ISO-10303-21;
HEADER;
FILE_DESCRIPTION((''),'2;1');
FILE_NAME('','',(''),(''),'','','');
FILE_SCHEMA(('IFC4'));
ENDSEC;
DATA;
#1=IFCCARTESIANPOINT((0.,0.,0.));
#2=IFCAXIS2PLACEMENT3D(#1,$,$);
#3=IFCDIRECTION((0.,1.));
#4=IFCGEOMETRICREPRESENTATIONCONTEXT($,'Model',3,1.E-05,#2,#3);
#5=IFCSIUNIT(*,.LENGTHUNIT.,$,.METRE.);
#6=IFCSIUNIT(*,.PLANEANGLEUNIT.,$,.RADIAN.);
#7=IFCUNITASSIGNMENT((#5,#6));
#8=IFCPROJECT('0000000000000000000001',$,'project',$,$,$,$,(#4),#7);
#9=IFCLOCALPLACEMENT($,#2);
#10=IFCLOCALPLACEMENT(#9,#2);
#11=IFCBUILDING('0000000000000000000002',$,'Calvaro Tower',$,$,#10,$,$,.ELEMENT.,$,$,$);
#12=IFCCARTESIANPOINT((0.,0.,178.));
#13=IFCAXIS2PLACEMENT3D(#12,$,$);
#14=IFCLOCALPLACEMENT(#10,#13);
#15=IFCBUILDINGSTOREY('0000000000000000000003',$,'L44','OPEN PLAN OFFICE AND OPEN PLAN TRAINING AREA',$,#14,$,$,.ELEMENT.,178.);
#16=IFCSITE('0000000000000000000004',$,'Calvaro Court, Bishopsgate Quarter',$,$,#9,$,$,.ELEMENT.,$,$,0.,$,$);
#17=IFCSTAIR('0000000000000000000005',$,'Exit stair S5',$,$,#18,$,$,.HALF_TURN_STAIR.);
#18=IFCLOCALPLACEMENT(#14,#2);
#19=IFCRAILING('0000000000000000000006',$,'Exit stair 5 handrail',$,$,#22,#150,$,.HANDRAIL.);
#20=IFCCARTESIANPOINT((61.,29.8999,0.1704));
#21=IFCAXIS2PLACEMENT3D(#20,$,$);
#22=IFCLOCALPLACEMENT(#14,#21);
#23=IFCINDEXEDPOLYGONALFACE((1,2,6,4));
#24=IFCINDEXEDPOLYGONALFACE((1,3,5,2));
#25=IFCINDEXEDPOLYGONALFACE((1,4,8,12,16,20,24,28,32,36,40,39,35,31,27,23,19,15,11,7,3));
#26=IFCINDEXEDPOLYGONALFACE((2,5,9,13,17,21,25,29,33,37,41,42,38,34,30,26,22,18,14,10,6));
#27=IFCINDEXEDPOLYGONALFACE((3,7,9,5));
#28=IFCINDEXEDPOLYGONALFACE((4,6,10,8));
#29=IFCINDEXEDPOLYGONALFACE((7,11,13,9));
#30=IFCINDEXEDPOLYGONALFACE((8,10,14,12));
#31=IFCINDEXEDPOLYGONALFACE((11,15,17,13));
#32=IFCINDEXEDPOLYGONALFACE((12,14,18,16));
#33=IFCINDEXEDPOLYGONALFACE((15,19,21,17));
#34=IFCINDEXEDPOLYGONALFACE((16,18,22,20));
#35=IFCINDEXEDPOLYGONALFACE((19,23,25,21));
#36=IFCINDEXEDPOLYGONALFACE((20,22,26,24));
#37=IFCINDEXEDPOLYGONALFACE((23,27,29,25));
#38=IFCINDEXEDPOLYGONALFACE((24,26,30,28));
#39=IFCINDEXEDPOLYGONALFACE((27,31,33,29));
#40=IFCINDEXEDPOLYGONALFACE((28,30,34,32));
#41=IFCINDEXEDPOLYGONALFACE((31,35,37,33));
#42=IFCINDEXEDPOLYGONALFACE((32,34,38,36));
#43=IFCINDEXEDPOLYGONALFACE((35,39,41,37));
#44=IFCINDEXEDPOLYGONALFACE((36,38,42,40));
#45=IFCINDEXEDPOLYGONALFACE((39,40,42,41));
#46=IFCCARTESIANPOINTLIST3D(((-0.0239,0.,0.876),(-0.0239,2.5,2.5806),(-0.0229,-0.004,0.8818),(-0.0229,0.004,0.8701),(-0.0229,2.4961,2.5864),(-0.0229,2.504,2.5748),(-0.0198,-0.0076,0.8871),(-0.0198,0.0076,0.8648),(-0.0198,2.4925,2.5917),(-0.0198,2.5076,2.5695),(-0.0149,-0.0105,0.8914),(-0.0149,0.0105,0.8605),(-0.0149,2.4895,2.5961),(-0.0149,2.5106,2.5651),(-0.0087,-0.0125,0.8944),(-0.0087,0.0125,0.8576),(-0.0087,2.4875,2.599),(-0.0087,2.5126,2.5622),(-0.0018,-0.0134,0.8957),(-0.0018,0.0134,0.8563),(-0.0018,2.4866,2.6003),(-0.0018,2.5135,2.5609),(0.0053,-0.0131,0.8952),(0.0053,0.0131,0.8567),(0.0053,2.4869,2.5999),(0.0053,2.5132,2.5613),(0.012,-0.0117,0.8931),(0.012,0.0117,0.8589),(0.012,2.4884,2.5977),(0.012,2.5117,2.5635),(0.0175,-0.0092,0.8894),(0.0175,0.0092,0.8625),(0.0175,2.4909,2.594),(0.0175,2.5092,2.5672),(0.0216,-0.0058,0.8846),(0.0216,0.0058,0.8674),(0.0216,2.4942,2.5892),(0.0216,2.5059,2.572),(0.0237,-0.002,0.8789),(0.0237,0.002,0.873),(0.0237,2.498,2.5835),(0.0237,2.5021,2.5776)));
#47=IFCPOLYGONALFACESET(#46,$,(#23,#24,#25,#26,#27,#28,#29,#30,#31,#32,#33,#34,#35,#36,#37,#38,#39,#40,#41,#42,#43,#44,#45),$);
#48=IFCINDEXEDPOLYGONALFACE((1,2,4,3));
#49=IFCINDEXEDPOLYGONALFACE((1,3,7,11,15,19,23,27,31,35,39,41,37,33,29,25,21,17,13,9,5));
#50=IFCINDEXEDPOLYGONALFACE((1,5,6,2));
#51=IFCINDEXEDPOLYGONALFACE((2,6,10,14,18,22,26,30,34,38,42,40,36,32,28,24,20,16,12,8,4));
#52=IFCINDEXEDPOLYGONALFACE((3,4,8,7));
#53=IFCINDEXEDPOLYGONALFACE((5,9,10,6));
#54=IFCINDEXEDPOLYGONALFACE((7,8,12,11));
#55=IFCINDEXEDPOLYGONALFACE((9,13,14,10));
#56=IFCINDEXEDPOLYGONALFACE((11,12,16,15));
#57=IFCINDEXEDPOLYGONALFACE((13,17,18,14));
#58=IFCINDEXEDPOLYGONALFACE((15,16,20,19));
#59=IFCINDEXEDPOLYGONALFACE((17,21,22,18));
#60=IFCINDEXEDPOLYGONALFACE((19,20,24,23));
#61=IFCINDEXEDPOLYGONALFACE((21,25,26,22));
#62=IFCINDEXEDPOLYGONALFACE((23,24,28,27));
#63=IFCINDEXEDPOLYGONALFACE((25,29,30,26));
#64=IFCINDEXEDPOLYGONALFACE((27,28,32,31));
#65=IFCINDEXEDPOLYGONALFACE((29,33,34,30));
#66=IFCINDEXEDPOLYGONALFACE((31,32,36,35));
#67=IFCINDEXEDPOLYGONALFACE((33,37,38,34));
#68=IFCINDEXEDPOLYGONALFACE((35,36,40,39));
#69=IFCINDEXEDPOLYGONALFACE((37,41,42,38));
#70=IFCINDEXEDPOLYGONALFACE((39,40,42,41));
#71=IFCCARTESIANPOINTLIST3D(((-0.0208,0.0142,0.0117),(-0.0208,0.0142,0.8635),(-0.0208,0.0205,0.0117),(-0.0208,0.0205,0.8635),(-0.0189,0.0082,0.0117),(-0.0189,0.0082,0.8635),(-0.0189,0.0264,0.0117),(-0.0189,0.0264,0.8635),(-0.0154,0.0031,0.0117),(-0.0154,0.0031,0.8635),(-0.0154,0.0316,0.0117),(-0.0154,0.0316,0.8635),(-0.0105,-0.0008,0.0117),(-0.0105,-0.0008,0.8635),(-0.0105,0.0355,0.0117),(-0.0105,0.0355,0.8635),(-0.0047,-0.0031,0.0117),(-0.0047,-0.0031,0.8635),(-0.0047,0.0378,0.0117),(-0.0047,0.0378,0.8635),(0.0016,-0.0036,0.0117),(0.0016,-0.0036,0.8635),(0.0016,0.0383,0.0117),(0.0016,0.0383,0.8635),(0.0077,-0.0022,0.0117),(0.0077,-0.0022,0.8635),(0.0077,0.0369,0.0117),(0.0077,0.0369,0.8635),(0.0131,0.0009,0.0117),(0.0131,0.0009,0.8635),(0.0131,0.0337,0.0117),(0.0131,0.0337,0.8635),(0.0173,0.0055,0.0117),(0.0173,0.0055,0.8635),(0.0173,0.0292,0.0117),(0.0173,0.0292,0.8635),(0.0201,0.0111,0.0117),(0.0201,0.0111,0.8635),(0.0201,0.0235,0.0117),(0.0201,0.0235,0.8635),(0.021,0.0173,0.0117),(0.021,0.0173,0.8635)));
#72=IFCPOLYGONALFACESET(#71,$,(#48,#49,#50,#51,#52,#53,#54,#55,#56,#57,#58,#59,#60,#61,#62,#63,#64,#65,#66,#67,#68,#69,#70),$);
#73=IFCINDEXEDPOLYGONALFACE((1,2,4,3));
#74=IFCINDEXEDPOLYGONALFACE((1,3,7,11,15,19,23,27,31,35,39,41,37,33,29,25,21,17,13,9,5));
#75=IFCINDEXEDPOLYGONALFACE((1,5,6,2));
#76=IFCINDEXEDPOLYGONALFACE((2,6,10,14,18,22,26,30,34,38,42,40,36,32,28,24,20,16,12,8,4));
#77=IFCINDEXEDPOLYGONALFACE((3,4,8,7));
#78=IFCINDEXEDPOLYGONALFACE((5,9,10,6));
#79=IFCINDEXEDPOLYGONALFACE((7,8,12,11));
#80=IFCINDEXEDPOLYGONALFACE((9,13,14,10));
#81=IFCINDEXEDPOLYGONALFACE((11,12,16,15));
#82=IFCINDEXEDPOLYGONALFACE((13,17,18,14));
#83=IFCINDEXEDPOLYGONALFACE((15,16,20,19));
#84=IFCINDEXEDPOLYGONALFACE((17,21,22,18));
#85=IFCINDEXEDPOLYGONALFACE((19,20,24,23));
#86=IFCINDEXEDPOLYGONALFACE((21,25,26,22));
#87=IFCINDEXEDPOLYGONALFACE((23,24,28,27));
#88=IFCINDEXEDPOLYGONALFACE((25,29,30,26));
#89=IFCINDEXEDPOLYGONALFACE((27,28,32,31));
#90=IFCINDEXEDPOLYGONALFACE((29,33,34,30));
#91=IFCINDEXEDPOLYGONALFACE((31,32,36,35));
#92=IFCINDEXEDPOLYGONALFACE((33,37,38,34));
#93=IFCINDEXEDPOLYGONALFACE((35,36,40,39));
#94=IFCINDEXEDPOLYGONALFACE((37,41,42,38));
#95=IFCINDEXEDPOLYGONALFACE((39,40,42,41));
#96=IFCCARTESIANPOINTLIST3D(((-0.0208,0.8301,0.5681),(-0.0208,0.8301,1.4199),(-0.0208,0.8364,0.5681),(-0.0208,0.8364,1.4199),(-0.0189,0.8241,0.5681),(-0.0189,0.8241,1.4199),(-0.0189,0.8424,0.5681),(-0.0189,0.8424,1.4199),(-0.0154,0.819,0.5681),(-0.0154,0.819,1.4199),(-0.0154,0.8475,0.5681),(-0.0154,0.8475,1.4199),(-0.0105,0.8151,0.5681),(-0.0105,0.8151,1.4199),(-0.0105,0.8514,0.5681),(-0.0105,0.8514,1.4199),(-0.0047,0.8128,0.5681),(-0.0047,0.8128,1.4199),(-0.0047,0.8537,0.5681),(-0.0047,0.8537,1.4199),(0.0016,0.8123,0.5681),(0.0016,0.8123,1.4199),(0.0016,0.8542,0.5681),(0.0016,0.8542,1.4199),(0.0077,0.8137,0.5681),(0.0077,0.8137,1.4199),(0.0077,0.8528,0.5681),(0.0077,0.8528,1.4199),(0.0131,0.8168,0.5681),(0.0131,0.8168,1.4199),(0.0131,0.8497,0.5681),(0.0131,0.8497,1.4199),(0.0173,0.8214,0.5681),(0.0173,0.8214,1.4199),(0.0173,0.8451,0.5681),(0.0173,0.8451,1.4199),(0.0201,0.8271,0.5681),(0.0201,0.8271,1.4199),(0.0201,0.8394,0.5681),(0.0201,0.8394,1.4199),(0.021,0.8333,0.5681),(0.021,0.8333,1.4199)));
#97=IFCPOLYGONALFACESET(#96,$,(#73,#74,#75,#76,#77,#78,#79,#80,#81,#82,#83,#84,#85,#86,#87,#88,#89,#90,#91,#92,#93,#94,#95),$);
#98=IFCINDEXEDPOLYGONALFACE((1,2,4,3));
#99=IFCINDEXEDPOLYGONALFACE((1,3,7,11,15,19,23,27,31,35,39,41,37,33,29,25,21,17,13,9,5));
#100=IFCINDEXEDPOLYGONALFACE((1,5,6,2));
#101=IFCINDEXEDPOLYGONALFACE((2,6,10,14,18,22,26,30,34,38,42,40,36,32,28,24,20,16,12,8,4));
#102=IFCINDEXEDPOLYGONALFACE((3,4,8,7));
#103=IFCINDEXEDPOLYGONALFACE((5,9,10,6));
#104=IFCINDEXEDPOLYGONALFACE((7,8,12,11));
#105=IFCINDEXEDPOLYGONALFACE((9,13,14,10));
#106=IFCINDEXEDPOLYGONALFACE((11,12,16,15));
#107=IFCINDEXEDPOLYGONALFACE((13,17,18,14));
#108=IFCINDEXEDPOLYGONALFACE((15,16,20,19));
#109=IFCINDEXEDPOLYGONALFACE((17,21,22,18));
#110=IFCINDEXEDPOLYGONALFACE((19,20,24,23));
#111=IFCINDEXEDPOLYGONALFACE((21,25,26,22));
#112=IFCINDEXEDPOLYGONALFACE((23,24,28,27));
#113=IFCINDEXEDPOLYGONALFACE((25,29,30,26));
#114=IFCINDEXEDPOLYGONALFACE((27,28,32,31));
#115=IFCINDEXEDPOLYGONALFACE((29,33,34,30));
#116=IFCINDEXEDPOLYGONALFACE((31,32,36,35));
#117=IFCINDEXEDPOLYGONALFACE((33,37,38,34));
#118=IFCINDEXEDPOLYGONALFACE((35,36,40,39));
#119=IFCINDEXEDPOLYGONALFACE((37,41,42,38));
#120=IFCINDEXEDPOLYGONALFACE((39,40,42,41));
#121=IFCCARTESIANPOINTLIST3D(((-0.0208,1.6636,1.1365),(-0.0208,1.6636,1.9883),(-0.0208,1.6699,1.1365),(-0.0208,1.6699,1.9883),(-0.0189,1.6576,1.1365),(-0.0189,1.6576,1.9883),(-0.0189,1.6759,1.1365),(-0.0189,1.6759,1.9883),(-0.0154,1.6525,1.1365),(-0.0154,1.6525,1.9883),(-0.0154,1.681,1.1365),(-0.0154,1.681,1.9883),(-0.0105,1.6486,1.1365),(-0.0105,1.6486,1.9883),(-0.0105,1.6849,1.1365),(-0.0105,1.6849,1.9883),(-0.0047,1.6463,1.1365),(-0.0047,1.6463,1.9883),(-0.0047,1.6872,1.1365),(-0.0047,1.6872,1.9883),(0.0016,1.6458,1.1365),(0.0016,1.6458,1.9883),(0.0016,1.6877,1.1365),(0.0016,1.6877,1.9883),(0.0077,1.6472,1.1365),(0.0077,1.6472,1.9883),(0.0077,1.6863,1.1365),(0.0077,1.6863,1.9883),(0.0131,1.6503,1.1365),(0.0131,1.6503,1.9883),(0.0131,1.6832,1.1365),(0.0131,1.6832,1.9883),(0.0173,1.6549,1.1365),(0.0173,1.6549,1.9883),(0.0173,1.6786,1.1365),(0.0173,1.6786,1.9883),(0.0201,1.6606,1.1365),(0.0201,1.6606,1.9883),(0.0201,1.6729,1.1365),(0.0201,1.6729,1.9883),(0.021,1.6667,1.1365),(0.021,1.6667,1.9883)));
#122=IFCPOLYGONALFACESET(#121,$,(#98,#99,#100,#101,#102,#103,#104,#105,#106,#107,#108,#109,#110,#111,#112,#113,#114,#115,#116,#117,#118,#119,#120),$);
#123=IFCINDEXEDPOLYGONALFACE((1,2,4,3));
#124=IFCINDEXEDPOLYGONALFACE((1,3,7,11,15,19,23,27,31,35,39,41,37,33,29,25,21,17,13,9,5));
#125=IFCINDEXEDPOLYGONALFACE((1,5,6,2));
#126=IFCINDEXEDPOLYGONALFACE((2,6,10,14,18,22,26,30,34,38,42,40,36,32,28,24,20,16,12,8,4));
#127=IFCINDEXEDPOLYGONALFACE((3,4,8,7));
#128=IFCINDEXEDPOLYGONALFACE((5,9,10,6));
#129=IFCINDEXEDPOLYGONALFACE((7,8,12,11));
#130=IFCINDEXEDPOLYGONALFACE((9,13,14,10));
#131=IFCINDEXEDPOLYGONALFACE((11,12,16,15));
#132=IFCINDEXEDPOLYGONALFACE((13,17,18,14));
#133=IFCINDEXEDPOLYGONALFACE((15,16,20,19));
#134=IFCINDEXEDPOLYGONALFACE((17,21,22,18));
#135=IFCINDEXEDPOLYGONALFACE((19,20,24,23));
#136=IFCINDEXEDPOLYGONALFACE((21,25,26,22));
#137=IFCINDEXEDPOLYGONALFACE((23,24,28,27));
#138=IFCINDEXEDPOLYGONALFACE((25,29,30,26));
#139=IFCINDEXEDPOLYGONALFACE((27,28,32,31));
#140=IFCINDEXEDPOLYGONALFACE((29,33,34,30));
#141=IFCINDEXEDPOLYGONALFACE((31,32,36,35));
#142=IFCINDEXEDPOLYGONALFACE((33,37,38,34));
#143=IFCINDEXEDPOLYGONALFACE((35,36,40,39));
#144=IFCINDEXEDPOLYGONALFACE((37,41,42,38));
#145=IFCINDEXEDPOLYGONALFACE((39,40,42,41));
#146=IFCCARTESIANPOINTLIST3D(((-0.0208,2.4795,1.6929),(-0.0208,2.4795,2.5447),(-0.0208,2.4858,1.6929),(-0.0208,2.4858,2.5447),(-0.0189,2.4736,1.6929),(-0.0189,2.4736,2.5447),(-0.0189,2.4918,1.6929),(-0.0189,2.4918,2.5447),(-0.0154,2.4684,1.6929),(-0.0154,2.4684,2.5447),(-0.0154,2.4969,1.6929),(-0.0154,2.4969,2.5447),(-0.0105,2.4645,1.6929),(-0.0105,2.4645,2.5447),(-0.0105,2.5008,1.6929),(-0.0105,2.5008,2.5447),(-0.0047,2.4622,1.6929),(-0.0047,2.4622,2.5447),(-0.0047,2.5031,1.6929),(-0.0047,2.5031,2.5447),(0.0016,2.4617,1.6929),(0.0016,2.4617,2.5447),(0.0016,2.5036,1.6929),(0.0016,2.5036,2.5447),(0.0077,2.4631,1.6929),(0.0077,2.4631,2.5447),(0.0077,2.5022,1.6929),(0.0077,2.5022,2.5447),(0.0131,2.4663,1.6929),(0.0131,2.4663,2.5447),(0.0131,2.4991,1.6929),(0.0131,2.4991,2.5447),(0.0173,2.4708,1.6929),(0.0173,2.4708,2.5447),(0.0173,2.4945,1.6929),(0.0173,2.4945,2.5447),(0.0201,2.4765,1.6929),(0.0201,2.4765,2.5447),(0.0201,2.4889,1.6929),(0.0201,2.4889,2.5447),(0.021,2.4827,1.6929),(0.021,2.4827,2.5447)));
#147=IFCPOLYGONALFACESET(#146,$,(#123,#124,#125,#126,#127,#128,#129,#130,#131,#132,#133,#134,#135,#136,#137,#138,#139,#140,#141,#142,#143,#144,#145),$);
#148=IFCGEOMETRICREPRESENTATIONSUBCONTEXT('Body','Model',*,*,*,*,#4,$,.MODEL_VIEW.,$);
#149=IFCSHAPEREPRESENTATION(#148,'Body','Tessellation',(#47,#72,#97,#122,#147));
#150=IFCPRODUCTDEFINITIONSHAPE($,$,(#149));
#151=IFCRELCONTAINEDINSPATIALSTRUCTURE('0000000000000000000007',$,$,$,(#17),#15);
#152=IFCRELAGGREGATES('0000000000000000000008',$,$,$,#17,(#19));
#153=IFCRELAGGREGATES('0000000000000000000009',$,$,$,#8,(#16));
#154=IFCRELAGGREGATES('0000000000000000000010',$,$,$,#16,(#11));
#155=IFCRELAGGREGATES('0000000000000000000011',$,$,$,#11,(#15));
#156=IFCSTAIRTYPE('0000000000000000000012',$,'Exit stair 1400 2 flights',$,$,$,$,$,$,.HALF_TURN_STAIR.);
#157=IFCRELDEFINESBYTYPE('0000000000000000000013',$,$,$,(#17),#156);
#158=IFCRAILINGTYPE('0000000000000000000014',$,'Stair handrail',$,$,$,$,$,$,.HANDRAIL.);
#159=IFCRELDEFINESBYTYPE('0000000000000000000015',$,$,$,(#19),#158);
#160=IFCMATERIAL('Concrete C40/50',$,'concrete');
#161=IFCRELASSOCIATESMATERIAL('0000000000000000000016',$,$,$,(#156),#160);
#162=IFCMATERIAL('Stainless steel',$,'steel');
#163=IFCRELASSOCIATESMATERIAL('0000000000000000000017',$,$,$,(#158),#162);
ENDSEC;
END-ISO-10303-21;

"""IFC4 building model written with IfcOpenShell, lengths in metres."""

from ifc_helpers import new_model, si_unit, direction, frame, origin, origin_2d, place, context, subcontext, project, spatial, circle, extrude, material, type_object, element, aggregate, save


model = new_model("IFC4")

# Units and contexts
model_context = context("Model", 3, precision=1e-05, world=origin(), true_north=direction((0.0, 1.0)))
body_context = subcontext(model_context, "Body", "Model", "MODEL_VIEW")
ifc_project = project(units=[si_unit("LENGTHUNIT", "METRE"), si_unit("PLANEANGLEUNIT", "RADIAN")], contexts=[model_context])

# Site, building, storey
site_placement = place(None, origin())
site = spatial("IfcSite", under=ifc_project, at=site_placement, Name="Calvaro Court, Bishopsgate Quarter", CompositionType="ELEMENT", RefElevation=0.0)
building_placement = place(site_placement, origin())
building = spatial("IfcBuilding", under=site, at=building_placement, Name="Calvaro Tower", CompositionType="ELEMENT")
storey_placement = place(building_placement, frame((0.0, 0.0, 178.0)))
storey = spatial("IfcBuildingStorey", under=building, at=storey_placement, Name="L44", Description="OPEN PLAN OFFICE AND OPEN PLAN TRAINING AREA", CompositionType="ELEMENT", Elevation=178.0)

# Stair
ifc_material_1 = material(Name="Concrete C40/50", Category="concrete")
stair_type = type_object("IfcStairType", Name="Exit stair 1400 2 flights", PredefinedType="HALF_TURN_STAIR", material=ifc_material_1)
stair_1_placement = place(storey_placement, origin())
stair_1 = element("IfcStair", 1, at=stair_1_placement, inside=storey, type_object=stair_type, Name="Exit stair S5", PredefinedType="HALF_TURN_STAIR")

# Railing
ifc_material_2 = material(Name="Stainless steel", Category="steel")
railing_type = type_object("IfcRailingType", Name="Stair handrail", PredefinedType="HANDRAIL", material=ifc_material_2)
railing_1_placement = place(storey_placement, frame((61.0, 29.8999, 0.1704)))
railing_1 = element("IfcRailing", 2, at=railing_1_placement, type_object=railing_type, Name="Exit stair 5 handrail", PredefinedType="HANDRAIL", context=body_context, shape_type="SweptSolid", body=[
    extrude(circle(Radius=0.0239, at=origin_2d()), frame((0.0, 0.0, 0.876), z_axis=(0.0, 0.826221, 0.563347), x_axis=(-1.0, 0.0, 0.0)), (0.0, 0.0, 1.0), 3.0259),
    extrude(circle(Radius=0.021, at=origin_2d()), frame((0.0, 0.0173, 0.0117)), (0.0, 0.0, 1.0), 0.8518),
    extrude(circle(Radius=0.021, at=origin_2d()), frame((0.0, 0.8333, 0.5681)), (0.0, 0.0, 1.0), 0.8518),
    extrude(circle(Radius=0.021, at=origin_2d()), frame((0.0, 1.6667, 1.1365)), (0.0, 0.0, 1.0), 0.8518),
    extrude(circle(Radius=0.021, at=origin_2d()), frame((0.0, 2.4827, 1.6929)), (0.0, 0.0, 1.0), 0.8518),
])
aggregate(stair_1, [railing_1])

save(model, "model.ifc")
